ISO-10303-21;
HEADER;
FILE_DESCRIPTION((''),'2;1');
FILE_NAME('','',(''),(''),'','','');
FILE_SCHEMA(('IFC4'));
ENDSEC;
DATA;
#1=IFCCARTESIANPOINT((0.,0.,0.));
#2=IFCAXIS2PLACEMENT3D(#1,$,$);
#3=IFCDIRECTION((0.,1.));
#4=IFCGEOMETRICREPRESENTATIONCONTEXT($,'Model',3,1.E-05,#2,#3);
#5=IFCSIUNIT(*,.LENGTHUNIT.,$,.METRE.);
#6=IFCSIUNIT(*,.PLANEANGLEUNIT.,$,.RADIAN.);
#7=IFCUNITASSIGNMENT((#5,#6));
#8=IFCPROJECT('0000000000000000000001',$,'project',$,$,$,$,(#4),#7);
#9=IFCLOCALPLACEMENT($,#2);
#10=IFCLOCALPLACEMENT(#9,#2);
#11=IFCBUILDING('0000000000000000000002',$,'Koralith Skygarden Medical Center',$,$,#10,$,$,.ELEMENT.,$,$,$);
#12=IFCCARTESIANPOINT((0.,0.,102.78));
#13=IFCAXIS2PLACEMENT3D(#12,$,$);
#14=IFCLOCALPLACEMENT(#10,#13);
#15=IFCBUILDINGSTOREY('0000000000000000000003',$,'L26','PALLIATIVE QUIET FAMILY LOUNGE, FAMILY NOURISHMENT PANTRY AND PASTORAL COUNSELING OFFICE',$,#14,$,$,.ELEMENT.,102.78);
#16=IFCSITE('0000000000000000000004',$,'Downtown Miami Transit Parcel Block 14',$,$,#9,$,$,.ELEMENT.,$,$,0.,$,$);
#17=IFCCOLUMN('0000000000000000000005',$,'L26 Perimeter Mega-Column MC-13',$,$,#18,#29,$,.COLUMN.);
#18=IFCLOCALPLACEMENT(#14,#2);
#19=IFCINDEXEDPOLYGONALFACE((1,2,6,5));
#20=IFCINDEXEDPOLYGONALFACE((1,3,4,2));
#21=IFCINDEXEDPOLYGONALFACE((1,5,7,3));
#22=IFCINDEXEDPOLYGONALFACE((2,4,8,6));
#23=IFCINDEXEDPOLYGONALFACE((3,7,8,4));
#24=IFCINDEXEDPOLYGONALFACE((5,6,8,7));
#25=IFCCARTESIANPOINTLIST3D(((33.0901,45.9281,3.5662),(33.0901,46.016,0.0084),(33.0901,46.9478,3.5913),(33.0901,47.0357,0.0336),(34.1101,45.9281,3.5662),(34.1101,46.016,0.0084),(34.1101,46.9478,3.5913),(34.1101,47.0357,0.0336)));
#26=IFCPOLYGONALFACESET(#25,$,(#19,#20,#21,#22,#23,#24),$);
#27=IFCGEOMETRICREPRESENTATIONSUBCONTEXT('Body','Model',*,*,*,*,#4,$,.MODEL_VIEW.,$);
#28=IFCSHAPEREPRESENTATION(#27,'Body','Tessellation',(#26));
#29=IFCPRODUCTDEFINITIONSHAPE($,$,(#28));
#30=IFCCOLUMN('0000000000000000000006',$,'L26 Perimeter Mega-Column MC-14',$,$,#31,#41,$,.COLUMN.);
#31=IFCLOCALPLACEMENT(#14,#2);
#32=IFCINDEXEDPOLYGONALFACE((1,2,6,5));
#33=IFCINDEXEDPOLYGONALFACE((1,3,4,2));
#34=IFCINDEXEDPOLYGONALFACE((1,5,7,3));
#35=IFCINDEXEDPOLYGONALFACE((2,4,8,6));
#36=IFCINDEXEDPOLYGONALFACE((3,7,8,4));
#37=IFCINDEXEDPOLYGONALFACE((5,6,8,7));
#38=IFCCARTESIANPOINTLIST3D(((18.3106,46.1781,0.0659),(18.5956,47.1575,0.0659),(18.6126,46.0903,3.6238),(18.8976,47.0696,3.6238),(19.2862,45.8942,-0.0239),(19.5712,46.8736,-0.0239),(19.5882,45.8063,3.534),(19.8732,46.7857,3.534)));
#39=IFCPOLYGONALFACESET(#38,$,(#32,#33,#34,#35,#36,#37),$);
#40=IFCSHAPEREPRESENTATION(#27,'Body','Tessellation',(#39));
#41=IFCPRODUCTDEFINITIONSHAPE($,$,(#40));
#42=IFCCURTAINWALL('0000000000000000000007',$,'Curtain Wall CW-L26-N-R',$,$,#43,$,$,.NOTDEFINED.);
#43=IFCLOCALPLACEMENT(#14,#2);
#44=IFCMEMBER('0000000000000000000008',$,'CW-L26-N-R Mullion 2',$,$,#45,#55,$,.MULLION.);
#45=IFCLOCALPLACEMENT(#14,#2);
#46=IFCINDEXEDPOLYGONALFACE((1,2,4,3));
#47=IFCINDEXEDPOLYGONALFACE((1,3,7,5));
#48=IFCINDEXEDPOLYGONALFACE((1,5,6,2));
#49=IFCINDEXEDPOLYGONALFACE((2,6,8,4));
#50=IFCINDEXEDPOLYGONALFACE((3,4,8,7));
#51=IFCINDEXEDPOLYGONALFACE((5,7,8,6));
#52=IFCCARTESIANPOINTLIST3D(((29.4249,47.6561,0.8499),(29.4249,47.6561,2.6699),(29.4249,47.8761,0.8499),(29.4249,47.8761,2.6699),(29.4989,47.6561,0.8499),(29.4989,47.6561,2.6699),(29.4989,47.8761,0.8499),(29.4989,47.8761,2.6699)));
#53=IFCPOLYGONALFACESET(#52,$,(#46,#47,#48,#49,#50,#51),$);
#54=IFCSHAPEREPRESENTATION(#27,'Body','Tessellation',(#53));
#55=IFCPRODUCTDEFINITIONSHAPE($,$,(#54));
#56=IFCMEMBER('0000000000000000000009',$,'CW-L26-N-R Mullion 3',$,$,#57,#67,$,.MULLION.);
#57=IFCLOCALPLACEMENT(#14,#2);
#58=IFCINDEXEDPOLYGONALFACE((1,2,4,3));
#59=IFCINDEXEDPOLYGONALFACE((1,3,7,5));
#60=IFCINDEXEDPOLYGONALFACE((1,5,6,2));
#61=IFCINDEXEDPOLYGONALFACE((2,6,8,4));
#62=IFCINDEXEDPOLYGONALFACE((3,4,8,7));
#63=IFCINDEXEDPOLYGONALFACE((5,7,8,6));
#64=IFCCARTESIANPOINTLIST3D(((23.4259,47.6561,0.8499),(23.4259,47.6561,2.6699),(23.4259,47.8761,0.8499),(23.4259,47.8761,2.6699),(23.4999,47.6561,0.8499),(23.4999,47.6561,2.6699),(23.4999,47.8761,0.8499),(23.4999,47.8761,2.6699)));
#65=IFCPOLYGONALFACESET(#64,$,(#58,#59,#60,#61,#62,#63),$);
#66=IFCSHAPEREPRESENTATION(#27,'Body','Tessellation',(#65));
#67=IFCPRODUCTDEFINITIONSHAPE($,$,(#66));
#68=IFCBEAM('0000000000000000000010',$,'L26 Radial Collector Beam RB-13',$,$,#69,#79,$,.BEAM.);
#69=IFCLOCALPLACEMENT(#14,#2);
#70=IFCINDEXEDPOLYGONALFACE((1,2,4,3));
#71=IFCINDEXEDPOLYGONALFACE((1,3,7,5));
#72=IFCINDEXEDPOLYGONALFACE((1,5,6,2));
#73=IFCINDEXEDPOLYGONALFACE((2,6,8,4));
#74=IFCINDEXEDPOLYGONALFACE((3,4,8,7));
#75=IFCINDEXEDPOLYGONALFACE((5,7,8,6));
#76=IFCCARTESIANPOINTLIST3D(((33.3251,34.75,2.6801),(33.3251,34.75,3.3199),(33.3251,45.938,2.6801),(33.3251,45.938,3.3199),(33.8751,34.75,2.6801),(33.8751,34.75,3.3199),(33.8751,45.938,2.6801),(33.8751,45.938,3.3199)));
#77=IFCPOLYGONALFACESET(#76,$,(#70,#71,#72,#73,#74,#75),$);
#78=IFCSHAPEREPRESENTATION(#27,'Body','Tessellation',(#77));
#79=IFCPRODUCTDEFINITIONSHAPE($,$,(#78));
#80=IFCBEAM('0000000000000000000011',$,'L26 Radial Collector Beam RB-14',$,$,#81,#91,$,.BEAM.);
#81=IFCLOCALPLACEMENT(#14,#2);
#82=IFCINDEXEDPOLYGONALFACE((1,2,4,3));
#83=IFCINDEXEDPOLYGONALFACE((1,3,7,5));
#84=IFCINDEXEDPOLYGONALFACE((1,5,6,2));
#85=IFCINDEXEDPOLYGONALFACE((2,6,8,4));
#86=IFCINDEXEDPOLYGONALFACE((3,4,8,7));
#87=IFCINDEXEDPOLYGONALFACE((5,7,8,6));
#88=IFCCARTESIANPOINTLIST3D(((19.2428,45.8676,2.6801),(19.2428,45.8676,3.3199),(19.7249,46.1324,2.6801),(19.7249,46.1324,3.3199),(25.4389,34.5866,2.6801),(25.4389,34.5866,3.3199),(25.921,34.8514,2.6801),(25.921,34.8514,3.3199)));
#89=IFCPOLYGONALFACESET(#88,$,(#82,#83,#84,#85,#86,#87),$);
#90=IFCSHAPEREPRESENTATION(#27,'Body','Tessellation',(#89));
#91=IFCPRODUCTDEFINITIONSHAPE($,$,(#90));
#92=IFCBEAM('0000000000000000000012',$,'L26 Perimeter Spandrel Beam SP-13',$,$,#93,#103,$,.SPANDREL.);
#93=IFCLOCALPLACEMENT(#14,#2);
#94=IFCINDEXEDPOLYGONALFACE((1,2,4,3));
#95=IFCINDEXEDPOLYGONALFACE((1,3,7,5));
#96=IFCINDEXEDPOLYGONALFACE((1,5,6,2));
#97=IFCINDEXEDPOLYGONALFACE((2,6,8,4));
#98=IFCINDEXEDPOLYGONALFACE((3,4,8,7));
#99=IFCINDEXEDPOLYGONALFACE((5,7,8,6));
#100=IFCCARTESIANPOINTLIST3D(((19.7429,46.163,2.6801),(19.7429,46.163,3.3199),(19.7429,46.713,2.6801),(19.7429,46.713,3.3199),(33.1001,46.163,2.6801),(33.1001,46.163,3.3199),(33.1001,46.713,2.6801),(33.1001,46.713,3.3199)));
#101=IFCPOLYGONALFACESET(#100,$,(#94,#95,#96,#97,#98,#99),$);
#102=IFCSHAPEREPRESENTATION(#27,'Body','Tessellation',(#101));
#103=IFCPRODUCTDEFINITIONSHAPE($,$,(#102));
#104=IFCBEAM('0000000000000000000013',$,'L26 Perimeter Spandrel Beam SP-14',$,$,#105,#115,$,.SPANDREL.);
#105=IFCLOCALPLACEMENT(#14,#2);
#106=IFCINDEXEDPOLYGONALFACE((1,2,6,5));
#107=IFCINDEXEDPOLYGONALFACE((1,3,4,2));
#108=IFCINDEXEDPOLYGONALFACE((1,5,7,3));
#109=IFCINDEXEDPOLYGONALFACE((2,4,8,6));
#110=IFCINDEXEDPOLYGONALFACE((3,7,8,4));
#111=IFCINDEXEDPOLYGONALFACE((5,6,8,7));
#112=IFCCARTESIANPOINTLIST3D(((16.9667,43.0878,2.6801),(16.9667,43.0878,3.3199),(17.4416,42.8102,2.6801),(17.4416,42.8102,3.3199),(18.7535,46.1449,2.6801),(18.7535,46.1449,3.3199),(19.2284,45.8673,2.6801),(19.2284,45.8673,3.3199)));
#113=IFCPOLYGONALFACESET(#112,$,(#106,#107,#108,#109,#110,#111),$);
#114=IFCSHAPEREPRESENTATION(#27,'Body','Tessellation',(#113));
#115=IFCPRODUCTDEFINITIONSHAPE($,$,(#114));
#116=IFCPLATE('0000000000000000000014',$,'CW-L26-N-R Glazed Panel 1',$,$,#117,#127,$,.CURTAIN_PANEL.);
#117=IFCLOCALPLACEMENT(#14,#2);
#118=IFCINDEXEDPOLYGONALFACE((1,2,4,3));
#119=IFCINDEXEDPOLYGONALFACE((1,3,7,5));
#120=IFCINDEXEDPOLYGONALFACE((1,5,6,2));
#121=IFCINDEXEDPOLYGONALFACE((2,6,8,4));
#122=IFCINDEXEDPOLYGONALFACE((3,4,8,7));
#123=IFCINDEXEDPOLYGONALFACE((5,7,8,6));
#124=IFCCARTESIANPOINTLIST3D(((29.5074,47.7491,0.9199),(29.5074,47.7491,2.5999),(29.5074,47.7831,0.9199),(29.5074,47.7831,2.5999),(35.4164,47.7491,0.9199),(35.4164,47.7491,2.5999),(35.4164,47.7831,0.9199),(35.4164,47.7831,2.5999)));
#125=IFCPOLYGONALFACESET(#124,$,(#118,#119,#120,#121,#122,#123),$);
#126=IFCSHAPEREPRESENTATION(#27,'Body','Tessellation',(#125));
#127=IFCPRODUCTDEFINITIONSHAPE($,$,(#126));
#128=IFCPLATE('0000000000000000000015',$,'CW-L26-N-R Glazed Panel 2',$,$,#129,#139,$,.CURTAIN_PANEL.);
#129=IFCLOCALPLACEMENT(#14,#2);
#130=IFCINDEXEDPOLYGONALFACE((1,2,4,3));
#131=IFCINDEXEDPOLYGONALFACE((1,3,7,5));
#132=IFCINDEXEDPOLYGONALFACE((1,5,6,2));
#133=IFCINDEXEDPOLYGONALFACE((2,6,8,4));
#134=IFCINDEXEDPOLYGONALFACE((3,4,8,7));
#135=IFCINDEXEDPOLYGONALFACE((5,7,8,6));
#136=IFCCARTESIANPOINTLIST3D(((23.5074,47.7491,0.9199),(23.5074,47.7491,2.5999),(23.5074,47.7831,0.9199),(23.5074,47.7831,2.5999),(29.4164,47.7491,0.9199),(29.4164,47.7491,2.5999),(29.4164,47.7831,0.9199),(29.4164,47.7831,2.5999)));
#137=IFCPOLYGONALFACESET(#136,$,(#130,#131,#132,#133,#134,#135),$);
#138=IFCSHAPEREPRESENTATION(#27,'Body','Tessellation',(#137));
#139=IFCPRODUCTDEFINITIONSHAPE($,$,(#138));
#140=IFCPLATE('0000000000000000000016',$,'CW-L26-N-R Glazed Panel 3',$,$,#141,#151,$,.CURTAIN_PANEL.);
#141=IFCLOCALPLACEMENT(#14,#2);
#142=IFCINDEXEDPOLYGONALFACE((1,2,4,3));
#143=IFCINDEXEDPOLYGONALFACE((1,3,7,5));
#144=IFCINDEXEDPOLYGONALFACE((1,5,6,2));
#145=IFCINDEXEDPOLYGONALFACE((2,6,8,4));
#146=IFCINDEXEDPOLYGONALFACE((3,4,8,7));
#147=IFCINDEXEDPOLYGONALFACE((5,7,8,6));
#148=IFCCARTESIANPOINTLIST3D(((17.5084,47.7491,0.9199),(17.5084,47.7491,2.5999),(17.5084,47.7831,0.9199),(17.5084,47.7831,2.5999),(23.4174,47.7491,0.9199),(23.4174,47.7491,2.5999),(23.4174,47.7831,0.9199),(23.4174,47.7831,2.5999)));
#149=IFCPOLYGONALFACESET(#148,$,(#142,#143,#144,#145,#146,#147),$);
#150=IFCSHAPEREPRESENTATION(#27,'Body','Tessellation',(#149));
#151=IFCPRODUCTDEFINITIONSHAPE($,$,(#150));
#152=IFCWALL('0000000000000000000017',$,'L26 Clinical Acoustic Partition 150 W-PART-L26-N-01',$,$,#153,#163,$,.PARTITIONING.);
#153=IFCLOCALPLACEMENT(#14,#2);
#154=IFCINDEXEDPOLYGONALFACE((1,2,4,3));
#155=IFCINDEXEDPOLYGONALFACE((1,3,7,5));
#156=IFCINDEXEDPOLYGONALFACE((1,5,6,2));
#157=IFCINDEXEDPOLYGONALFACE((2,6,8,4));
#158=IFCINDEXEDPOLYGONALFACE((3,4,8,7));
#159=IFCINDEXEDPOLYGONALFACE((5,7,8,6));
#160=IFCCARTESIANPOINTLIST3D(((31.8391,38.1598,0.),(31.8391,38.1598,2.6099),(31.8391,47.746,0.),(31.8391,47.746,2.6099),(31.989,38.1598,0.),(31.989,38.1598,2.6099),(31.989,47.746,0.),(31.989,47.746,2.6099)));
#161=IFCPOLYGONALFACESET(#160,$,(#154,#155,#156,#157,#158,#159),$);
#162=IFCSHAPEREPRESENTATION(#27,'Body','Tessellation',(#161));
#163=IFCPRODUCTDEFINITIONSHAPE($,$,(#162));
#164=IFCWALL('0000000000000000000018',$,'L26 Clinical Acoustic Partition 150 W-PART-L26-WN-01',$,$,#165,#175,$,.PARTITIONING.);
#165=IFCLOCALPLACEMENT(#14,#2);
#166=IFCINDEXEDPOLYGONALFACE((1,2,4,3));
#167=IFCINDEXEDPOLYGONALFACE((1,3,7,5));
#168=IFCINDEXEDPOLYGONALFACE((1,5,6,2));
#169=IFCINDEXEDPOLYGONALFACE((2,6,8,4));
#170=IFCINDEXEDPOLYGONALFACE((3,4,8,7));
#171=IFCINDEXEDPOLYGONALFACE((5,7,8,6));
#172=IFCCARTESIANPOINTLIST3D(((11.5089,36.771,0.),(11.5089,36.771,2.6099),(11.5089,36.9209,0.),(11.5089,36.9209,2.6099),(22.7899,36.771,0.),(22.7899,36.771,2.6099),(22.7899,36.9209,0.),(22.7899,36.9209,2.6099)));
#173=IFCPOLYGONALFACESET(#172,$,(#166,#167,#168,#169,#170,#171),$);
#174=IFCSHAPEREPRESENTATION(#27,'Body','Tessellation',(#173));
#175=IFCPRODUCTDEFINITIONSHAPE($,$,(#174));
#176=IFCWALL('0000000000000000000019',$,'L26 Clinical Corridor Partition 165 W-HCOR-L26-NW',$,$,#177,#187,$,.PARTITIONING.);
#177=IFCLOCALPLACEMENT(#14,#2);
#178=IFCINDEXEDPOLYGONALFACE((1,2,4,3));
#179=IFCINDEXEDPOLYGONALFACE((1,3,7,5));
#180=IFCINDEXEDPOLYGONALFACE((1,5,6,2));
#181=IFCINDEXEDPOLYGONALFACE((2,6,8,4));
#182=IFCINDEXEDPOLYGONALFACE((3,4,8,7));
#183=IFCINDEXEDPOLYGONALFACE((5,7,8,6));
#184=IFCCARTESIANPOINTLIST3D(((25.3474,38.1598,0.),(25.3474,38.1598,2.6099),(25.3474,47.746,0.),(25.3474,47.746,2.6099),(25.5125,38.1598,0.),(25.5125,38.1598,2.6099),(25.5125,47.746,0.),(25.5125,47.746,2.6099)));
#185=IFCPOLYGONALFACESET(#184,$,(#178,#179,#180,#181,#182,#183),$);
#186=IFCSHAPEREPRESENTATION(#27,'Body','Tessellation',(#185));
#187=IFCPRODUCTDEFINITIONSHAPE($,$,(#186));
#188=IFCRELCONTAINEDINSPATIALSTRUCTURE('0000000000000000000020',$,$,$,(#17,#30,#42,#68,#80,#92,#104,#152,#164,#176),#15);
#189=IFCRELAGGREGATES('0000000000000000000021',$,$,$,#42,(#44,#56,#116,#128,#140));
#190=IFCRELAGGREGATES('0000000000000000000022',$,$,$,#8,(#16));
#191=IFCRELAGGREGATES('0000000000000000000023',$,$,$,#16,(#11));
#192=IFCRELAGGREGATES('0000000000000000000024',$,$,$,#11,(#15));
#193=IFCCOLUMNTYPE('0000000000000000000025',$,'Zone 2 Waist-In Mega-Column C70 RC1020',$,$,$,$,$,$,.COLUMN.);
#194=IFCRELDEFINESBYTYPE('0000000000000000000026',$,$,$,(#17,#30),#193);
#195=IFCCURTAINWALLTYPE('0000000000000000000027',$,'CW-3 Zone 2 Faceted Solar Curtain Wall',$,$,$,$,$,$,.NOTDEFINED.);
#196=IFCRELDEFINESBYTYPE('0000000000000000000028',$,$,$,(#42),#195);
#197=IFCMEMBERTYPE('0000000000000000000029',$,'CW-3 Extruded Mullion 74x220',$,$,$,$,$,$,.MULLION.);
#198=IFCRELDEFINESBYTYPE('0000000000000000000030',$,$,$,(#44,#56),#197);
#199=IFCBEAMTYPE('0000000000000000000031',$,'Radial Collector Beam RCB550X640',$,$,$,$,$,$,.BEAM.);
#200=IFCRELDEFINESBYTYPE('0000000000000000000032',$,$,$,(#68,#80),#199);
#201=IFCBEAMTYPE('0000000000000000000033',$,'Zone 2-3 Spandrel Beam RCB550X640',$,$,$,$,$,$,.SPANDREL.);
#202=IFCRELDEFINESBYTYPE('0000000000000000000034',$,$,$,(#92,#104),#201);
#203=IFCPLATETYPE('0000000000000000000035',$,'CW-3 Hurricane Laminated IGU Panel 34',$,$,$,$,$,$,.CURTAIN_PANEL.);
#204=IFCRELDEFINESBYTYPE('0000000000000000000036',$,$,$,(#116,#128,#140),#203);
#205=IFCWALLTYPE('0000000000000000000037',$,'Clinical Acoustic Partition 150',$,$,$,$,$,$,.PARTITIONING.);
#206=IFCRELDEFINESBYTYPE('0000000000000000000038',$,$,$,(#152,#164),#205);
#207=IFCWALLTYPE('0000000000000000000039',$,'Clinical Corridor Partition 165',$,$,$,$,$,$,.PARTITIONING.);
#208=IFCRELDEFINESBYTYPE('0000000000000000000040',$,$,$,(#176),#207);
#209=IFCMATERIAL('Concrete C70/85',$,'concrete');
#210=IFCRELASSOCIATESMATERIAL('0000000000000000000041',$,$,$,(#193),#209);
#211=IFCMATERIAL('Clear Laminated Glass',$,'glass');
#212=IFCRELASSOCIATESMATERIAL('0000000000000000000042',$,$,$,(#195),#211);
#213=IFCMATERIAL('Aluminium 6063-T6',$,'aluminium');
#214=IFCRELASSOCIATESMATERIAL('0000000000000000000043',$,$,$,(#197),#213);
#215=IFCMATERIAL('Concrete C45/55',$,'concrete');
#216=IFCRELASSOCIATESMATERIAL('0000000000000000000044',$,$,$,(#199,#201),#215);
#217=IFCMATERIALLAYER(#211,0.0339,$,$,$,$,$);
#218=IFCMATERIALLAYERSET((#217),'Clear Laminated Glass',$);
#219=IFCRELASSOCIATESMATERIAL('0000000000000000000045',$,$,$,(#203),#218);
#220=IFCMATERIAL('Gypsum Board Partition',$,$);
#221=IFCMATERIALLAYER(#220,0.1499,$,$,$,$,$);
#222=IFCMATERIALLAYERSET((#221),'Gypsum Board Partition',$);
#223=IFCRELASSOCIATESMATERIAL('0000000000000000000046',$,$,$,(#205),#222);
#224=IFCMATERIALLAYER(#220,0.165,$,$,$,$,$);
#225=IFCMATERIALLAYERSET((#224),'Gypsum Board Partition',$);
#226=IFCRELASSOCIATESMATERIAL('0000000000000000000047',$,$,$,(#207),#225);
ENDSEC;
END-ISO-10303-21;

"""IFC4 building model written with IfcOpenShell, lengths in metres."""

from ifc_helpers import new_model, si_unit, direction, frame, frame_2d, origin, origin_2d, place, context, subcontext, project, spatial, rectangle, extrude, material, layer, layer_set, material_profile, profile_set, type_object, element, aggregate, save


model = new_model("IFC4")

# Units and contexts
model_context = context("Model", 3, precision=1e-05, world=origin(), true_north=direction((0.0, 1.0)))
body_context = subcontext(model_context, "Body", "Model", "MODEL_VIEW")
ifc_project = project(units=[si_unit("LENGTHUNIT", "METRE"), si_unit("PLANEANGLEUNIT", "RADIAN")], contexts=[model_context])

# Site, building, storey
site_placement = place(None, origin())
site = spatial("IfcSite", under=ifc_project, at=site_placement, Name="Downtown Miami Transit Parcel Block 14", CompositionType="ELEMENT", RefElevation=0.0)
building_placement = place(site_placement, origin())
building = spatial("IfcBuilding", under=site, at=building_placement, Name="Koralith Skygarden Medical Center", CompositionType="ELEMENT")
storey_placement = place(building_placement, frame((0.0, 0.0, 102.78)))
storey = spatial("IfcBuildingStorey", under=building, at=storey_placement, Name="L26", Description="PALLIATIVE QUIET FAMILY LOUNGE, FAMILY NOURISHMENT PANTRY AND PASTORAL COUNSELING OFFICE", CompositionType="ELEMENT", Elevation=102.78)

# Columns
ifc_material_1 = material(Name="Concrete C70/85", Category="concrete")
ifc_material_profile_1 = material_profile(ifc_material_1, rectangle(XDim=1.02, YDim=1.02, at=origin_2d()), Name="RC1020X1020")
ifc_profile_set_1 = profile_set([ifc_material_profile_1], Name="Concrete C70/85")
column_type = type_object("IfcColumnType", Name="Zone 2 Waist-In Mega-Column C70 RC1020", PredefinedType="COLUMN", material=ifc_profile_set_1)
column_1_placement = place(storey_placement, frame((33.6001, 46.5259, 0.021), z_axis=(0.0, -0.024696, 0.999695), x_axis=(1.0, 0.0, 0.0)))
element("IfcColumn", 1, at=column_1_placement, inside=storey, type_object=column_type, Name="L26 Perimeter Mega-Column MC-13", PredefinedType="COLUMN", context=body_context, shape_type="SweptSolid", body=[
    extrude(rectangle(XDim=1.02, YDim=1.02, at=origin_2d()), origin(), (0.0, 0.0, 1.0), 3.5588),
])
column_2_placement = place(storey_placement, frame((18.9409, 46.5259, 0.021), z_axis=(0.084553, -0.024607, 0.996115), x_axis=(0.279434, 0.960165, 0.0)))
element("IfcColumn", 2, at=column_2_placement, inside=storey, type_object=column_type, Name="L26 Perimeter Mega-Column MC-14", PredefinedType="COLUMN", context=body_context, shape_type="SweptSolid", body=[
    extrude(rectangle(XDim=1.02, YDim=1.02, at=origin_2d()), origin(), (0.0, 0.0, 1.0), 3.5718),
])

# Curtain wall, members
ifc_material_2 = material(Name="Clear Laminated Glass", Category="glass")
curtain_wall_type = type_object("IfcCurtainWallType", Name="CW-3 Zone 2 Faceted Solar Curtain Wall", PredefinedType="NOTDEFINED", material=ifc_material_2)
curtain_wall_placement = place(storey_placement, origin())
curtain_wall = element("IfcCurtainWall", 3, at=curtain_wall_placement, inside=storey, type_object=curtain_wall_type, Name="Curtain Wall CW-L26-N-R", PredefinedType="NOTDEFINED")
ifc_material_3 = material(Name="Aluminium 6063-T6", Category="aluminium")
ifc_material_profile_2 = material_profile(ifc_material_3, rectangle(XDim=0.074, YDim=0.22, at=origin_2d()), Name="MUL74X220")
ifc_profile_set_2 = profile_set([ifc_material_profile_2], Name="Aluminium 6063-T6")
member_type = type_object("IfcMemberType", Name="CW-3 Extruded Mullion 74x220", PredefinedType="MULLION", material=ifc_profile_set_2)
member_1_placement = place(storey_placement, frame((29.4619, 47.7661, 0.8499), z_axis=(0.0, 0.0, 1.0), x_axis=(1.0, 0.0, 0.0)))
member_1 = element("IfcMember", 4, at=member_1_placement, type_object=member_type, Name="CW-L26-N-R Mullion 2", PredefinedType="MULLION", context=body_context, shape_type="SweptSolid", body=[
    extrude(rectangle(XDim=0.074, YDim=0.22, at=origin_2d()), origin(), (0.0, 0.0, 1.0), 1.8201),
])
member_2_placement = place(storey_placement, frame((23.4629, 47.7661, 0.8499), z_axis=(0.0, 0.0, 1.0), x_axis=(1.0, 0.0, 0.0)))
member_2 = element("IfcMember", 5, at=member_2_placement, type_object=member_type, Name="CW-L26-N-R Mullion 3", PredefinedType="MULLION", context=body_context, shape_type="SweptSolid", body=[
    extrude(rectangle(XDim=0.074, YDim=0.22, at=origin_2d()), origin(), (0.0, 0.0, 1.0), 1.8201),
])

# Beams
ifc_material_4 = material(Name="Concrete C45/55", Category="concrete")
ifc_material_profile_3 = material_profile(ifc_material_4, rectangle(XDim=0.55, YDim=0.6399, at=origin_2d()), Name="RCB550X640")
ifc_profile_set_3 = profile_set([ifc_material_profile_3], Name="Concrete C45/55")
beam_type_1 = type_object("IfcBeamType", Name="Radial Collector Beam RCB550X640", PredefinedType="BEAM", material=ifc_profile_set_3)
beam_1_placement = place(storey_placement, frame((33.6001, 34.75, 3.0), z_axis=(0.0, 1.0, 0.0), x_axis=(-1.0, 0.0, 0.0)))
element("IfcBeam", 6, at=beam_1_placement, inside=storey, type_object=beam_type_1, Name="L26 Radial Collector Beam RB-13", PredefinedType="BEAM", context=body_context, shape_type="SweptSolid", body=[
    extrude(rectangle(XDim=0.55, YDim=0.6399, at=origin_2d()), origin(), (0.0, 0.0, 1.0), 11.188),
])
beam_2_placement = place(storey_placement, frame((25.6799, 34.719, 3.0), z_axis=(-0.481411, 0.876495, 0.0), x_axis=(-0.876495, -0.481411, 0.0)))
element("IfcBeam", 7, at=beam_2_placement, inside=storey, type_object=beam_type_1, Name="L26 Radial Collector Beam RB-14", PredefinedType="BEAM", context=body_context, shape_type="SweptSolid", body=[
    extrude(rectangle(XDim=0.55, YDim=0.6399, at=origin_2d()), origin(), (0.0, 0.0, 1.0), 12.8706),
])
ifc_material_profile_4 = material_profile(ifc_material_4, rectangle(XDim=0.55, YDim=0.6399, at=origin_2d()), Name="RCB550X640")
ifc_profile_set_4 = profile_set([ifc_material_profile_4], Name="Concrete C45/55")
beam_type_2 = type_object("IfcBeamType", Name="Zone 2-3 Spandrel Beam RCB550X640", PredefinedType="SPANDREL", material=ifc_profile_set_4)
beam_3_placement = place(storey_placement, frame((33.1001, 46.438, 3.0), z_axis=(-1.0, 0.0, 0.0), x_axis=(0.0, -1.0, 0.0)))
element("IfcBeam", 8, at=beam_3_placement, inside=storey, type_object=beam_type_2, Name="L26 Perimeter Spandrel Beam SP-13", PredefinedType="SPANDREL", context=body_context, shape_type="SweptSolid", body=[
    extrude(rectangle(XDim=0.55, YDim=0.6399, at=origin_2d()), origin(), (0.0, 0.0, 1.0), 13.3572),
])
beam_4_placement = place(storey_placement, frame((18.991, 46.0061, 3.0), z_axis=(-0.504617, -0.863343, 0.0), x_axis=(0.863343, -0.504617, 0.0)))
element("IfcBeam", 9, at=beam_4_placement, inside=storey, type_object=beam_type_2, Name="L26 Perimeter Spandrel Beam SP-14", PredefinedType="SPANDREL", context=body_context, shape_type="SweptSolid", body=[
    extrude(rectangle(XDim=0.55, YDim=0.6399, at=origin_2d()), origin(), (0.0, 0.0, 1.0), 3.541),
])

# Plates
ifc_layer_1 = layer(ifc_material_2, 0.0339)
ifc_layer_set_1 = layer_set([ifc_layer_1], Name="Clear Laminated Glass")
plate_type = type_object("IfcPlateType", Name="CW-3 Hurricane Laminated IGU Panel 34", PredefinedType="CURTAIN_PANEL", material=ifc_layer_set_1)
plate_1_placement = place(storey_placement, frame((32.4619, 47.7661, 0.9199), z_axis=(0.0, 0.0, 1.0), x_axis=(-1.0, 0.0, 0.0)))
plate_1 = element("IfcPlate", 10, at=plate_1_placement, type_object=plate_type, Name="CW-L26-N-R Glazed Panel 1", PredefinedType="CURTAIN_PANEL", context=body_context, shape_type="SweptSolid", body=[
    extrude(rectangle(XDim=5.9089, YDim=0.0339, at=origin_2d()), origin(), (0.0, 0.0, 1.0), 1.6799),
])
plate_2_placement = place(storey_placement, frame((26.4619, 47.7661, 0.9199), z_axis=(0.0, 0.0, 1.0), x_axis=(-1.0, 0.0, 0.0)))
plate_2 = element("IfcPlate", 11, at=plate_2_placement, type_object=plate_type, Name="CW-L26-N-R Glazed Panel 2", PredefinedType="CURTAIN_PANEL", context=body_context, shape_type="SweptSolid", body=[
    extrude(rectangle(XDim=5.9089, YDim=0.0339, at=origin_2d()), origin(), (0.0, 0.0, 1.0), 1.6799),
])
plate_3_placement = place(storey_placement, frame((20.4629, 47.7661, 0.9199), z_axis=(0.0, 0.0, 1.0), x_axis=(-1.0, 0.0, 0.0)))
plate_3 = element("IfcPlate", 12, at=plate_3_placement, type_object=plate_type, Name="CW-L26-N-R Glazed Panel 3", PredefinedType="CURTAIN_PANEL", context=body_context, shape_type="SweptSolid", body=[
    extrude(rectangle(XDim=5.9089, YDim=0.0339, at=origin_2d()), origin(), (0.0, 0.0, 1.0), 1.6799),
])
aggregate(curtain_wall, [member_1, member_2, plate_1, plate_2, plate_3])

# Walls
ifc_material_5 = material(Name="Gypsum Board Partition")
ifc_layer_2 = layer(ifc_material_5, 0.1499)
ifc_layer_set_2 = layer_set([ifc_layer_2], Name="Gypsum Board Partition")
wall_type_1 = type_object("IfcWallType", Name="Clinical Acoustic Partition 150", PredefinedType="PARTITIONING", material=ifc_layer_set_2)
wall_1_placement = place(storey_placement, frame((31.9141, 38.1599, 0.0), z_axis=(0.0, 0.0, 1.0), x_axis=(0.0, 1.0, 0.0)))
element("IfcWall", 13, at=wall_1_placement, inside=storey, type_object=wall_type_1, Name="L26 Clinical Acoustic Partition 150 W-PART-L26-N-01", PredefinedType="PARTITIONING", context=body_context, shape_type="SweptSolid", body=[
    extrude(rectangle(XDim=9.5862, YDim=0.1499, at=frame_2d((4.793, 0.0))), origin(), (0.0, 0.0, 1.0), 2.6099),
])
wall_2_placement = place(storey_placement, frame((22.79, 36.8459, 0.0), z_axis=(0.0, 0.0, 1.0), x_axis=(-1.0, 0.0, 0.0)))
element("IfcWall", 14, at=wall_2_placement, inside=storey, type_object=wall_type_1, Name="L26 Clinical Acoustic Partition 150 W-PART-L26-WN-01", PredefinedType="PARTITIONING", context=body_context, shape_type="SweptSolid", body=[
    extrude(rectangle(XDim=11.281, YDim=0.1499, at=frame_2d((5.6406, 0.0))), origin(), (0.0, 0.0, 1.0), 2.6099),
])
ifc_layer_3 = layer(ifc_material_5, 0.165)
ifc_layer_set_3 = layer_set([ifc_layer_3], Name="Gypsum Board Partition")
wall_type_2 = type_object("IfcWallType", Name="Clinical Corridor Partition 165", PredefinedType="PARTITIONING", material=ifc_layer_set_3)
wall_3_placement = place(storey_placement, frame((25.4299, 38.1599, 0.0), z_axis=(0.0, 0.0, 1.0), x_axis=(0.0, 1.0, 0.0)))
element("IfcWall", 15, at=wall_3_placement, inside=storey, type_object=wall_type_2, Name="L26 Clinical Corridor Partition 165 W-HCOR-L26-NW", PredefinedType="PARTITIONING", context=body_context, shape_type="SweptSolid", body=[
    extrude(rectangle(XDim=9.5862, YDim=0.165, at=frame_2d((4.793, 0.0))), origin(), (0.0, 0.0, 1.0), 2.6099),
])

save(model, "model.ifc")
